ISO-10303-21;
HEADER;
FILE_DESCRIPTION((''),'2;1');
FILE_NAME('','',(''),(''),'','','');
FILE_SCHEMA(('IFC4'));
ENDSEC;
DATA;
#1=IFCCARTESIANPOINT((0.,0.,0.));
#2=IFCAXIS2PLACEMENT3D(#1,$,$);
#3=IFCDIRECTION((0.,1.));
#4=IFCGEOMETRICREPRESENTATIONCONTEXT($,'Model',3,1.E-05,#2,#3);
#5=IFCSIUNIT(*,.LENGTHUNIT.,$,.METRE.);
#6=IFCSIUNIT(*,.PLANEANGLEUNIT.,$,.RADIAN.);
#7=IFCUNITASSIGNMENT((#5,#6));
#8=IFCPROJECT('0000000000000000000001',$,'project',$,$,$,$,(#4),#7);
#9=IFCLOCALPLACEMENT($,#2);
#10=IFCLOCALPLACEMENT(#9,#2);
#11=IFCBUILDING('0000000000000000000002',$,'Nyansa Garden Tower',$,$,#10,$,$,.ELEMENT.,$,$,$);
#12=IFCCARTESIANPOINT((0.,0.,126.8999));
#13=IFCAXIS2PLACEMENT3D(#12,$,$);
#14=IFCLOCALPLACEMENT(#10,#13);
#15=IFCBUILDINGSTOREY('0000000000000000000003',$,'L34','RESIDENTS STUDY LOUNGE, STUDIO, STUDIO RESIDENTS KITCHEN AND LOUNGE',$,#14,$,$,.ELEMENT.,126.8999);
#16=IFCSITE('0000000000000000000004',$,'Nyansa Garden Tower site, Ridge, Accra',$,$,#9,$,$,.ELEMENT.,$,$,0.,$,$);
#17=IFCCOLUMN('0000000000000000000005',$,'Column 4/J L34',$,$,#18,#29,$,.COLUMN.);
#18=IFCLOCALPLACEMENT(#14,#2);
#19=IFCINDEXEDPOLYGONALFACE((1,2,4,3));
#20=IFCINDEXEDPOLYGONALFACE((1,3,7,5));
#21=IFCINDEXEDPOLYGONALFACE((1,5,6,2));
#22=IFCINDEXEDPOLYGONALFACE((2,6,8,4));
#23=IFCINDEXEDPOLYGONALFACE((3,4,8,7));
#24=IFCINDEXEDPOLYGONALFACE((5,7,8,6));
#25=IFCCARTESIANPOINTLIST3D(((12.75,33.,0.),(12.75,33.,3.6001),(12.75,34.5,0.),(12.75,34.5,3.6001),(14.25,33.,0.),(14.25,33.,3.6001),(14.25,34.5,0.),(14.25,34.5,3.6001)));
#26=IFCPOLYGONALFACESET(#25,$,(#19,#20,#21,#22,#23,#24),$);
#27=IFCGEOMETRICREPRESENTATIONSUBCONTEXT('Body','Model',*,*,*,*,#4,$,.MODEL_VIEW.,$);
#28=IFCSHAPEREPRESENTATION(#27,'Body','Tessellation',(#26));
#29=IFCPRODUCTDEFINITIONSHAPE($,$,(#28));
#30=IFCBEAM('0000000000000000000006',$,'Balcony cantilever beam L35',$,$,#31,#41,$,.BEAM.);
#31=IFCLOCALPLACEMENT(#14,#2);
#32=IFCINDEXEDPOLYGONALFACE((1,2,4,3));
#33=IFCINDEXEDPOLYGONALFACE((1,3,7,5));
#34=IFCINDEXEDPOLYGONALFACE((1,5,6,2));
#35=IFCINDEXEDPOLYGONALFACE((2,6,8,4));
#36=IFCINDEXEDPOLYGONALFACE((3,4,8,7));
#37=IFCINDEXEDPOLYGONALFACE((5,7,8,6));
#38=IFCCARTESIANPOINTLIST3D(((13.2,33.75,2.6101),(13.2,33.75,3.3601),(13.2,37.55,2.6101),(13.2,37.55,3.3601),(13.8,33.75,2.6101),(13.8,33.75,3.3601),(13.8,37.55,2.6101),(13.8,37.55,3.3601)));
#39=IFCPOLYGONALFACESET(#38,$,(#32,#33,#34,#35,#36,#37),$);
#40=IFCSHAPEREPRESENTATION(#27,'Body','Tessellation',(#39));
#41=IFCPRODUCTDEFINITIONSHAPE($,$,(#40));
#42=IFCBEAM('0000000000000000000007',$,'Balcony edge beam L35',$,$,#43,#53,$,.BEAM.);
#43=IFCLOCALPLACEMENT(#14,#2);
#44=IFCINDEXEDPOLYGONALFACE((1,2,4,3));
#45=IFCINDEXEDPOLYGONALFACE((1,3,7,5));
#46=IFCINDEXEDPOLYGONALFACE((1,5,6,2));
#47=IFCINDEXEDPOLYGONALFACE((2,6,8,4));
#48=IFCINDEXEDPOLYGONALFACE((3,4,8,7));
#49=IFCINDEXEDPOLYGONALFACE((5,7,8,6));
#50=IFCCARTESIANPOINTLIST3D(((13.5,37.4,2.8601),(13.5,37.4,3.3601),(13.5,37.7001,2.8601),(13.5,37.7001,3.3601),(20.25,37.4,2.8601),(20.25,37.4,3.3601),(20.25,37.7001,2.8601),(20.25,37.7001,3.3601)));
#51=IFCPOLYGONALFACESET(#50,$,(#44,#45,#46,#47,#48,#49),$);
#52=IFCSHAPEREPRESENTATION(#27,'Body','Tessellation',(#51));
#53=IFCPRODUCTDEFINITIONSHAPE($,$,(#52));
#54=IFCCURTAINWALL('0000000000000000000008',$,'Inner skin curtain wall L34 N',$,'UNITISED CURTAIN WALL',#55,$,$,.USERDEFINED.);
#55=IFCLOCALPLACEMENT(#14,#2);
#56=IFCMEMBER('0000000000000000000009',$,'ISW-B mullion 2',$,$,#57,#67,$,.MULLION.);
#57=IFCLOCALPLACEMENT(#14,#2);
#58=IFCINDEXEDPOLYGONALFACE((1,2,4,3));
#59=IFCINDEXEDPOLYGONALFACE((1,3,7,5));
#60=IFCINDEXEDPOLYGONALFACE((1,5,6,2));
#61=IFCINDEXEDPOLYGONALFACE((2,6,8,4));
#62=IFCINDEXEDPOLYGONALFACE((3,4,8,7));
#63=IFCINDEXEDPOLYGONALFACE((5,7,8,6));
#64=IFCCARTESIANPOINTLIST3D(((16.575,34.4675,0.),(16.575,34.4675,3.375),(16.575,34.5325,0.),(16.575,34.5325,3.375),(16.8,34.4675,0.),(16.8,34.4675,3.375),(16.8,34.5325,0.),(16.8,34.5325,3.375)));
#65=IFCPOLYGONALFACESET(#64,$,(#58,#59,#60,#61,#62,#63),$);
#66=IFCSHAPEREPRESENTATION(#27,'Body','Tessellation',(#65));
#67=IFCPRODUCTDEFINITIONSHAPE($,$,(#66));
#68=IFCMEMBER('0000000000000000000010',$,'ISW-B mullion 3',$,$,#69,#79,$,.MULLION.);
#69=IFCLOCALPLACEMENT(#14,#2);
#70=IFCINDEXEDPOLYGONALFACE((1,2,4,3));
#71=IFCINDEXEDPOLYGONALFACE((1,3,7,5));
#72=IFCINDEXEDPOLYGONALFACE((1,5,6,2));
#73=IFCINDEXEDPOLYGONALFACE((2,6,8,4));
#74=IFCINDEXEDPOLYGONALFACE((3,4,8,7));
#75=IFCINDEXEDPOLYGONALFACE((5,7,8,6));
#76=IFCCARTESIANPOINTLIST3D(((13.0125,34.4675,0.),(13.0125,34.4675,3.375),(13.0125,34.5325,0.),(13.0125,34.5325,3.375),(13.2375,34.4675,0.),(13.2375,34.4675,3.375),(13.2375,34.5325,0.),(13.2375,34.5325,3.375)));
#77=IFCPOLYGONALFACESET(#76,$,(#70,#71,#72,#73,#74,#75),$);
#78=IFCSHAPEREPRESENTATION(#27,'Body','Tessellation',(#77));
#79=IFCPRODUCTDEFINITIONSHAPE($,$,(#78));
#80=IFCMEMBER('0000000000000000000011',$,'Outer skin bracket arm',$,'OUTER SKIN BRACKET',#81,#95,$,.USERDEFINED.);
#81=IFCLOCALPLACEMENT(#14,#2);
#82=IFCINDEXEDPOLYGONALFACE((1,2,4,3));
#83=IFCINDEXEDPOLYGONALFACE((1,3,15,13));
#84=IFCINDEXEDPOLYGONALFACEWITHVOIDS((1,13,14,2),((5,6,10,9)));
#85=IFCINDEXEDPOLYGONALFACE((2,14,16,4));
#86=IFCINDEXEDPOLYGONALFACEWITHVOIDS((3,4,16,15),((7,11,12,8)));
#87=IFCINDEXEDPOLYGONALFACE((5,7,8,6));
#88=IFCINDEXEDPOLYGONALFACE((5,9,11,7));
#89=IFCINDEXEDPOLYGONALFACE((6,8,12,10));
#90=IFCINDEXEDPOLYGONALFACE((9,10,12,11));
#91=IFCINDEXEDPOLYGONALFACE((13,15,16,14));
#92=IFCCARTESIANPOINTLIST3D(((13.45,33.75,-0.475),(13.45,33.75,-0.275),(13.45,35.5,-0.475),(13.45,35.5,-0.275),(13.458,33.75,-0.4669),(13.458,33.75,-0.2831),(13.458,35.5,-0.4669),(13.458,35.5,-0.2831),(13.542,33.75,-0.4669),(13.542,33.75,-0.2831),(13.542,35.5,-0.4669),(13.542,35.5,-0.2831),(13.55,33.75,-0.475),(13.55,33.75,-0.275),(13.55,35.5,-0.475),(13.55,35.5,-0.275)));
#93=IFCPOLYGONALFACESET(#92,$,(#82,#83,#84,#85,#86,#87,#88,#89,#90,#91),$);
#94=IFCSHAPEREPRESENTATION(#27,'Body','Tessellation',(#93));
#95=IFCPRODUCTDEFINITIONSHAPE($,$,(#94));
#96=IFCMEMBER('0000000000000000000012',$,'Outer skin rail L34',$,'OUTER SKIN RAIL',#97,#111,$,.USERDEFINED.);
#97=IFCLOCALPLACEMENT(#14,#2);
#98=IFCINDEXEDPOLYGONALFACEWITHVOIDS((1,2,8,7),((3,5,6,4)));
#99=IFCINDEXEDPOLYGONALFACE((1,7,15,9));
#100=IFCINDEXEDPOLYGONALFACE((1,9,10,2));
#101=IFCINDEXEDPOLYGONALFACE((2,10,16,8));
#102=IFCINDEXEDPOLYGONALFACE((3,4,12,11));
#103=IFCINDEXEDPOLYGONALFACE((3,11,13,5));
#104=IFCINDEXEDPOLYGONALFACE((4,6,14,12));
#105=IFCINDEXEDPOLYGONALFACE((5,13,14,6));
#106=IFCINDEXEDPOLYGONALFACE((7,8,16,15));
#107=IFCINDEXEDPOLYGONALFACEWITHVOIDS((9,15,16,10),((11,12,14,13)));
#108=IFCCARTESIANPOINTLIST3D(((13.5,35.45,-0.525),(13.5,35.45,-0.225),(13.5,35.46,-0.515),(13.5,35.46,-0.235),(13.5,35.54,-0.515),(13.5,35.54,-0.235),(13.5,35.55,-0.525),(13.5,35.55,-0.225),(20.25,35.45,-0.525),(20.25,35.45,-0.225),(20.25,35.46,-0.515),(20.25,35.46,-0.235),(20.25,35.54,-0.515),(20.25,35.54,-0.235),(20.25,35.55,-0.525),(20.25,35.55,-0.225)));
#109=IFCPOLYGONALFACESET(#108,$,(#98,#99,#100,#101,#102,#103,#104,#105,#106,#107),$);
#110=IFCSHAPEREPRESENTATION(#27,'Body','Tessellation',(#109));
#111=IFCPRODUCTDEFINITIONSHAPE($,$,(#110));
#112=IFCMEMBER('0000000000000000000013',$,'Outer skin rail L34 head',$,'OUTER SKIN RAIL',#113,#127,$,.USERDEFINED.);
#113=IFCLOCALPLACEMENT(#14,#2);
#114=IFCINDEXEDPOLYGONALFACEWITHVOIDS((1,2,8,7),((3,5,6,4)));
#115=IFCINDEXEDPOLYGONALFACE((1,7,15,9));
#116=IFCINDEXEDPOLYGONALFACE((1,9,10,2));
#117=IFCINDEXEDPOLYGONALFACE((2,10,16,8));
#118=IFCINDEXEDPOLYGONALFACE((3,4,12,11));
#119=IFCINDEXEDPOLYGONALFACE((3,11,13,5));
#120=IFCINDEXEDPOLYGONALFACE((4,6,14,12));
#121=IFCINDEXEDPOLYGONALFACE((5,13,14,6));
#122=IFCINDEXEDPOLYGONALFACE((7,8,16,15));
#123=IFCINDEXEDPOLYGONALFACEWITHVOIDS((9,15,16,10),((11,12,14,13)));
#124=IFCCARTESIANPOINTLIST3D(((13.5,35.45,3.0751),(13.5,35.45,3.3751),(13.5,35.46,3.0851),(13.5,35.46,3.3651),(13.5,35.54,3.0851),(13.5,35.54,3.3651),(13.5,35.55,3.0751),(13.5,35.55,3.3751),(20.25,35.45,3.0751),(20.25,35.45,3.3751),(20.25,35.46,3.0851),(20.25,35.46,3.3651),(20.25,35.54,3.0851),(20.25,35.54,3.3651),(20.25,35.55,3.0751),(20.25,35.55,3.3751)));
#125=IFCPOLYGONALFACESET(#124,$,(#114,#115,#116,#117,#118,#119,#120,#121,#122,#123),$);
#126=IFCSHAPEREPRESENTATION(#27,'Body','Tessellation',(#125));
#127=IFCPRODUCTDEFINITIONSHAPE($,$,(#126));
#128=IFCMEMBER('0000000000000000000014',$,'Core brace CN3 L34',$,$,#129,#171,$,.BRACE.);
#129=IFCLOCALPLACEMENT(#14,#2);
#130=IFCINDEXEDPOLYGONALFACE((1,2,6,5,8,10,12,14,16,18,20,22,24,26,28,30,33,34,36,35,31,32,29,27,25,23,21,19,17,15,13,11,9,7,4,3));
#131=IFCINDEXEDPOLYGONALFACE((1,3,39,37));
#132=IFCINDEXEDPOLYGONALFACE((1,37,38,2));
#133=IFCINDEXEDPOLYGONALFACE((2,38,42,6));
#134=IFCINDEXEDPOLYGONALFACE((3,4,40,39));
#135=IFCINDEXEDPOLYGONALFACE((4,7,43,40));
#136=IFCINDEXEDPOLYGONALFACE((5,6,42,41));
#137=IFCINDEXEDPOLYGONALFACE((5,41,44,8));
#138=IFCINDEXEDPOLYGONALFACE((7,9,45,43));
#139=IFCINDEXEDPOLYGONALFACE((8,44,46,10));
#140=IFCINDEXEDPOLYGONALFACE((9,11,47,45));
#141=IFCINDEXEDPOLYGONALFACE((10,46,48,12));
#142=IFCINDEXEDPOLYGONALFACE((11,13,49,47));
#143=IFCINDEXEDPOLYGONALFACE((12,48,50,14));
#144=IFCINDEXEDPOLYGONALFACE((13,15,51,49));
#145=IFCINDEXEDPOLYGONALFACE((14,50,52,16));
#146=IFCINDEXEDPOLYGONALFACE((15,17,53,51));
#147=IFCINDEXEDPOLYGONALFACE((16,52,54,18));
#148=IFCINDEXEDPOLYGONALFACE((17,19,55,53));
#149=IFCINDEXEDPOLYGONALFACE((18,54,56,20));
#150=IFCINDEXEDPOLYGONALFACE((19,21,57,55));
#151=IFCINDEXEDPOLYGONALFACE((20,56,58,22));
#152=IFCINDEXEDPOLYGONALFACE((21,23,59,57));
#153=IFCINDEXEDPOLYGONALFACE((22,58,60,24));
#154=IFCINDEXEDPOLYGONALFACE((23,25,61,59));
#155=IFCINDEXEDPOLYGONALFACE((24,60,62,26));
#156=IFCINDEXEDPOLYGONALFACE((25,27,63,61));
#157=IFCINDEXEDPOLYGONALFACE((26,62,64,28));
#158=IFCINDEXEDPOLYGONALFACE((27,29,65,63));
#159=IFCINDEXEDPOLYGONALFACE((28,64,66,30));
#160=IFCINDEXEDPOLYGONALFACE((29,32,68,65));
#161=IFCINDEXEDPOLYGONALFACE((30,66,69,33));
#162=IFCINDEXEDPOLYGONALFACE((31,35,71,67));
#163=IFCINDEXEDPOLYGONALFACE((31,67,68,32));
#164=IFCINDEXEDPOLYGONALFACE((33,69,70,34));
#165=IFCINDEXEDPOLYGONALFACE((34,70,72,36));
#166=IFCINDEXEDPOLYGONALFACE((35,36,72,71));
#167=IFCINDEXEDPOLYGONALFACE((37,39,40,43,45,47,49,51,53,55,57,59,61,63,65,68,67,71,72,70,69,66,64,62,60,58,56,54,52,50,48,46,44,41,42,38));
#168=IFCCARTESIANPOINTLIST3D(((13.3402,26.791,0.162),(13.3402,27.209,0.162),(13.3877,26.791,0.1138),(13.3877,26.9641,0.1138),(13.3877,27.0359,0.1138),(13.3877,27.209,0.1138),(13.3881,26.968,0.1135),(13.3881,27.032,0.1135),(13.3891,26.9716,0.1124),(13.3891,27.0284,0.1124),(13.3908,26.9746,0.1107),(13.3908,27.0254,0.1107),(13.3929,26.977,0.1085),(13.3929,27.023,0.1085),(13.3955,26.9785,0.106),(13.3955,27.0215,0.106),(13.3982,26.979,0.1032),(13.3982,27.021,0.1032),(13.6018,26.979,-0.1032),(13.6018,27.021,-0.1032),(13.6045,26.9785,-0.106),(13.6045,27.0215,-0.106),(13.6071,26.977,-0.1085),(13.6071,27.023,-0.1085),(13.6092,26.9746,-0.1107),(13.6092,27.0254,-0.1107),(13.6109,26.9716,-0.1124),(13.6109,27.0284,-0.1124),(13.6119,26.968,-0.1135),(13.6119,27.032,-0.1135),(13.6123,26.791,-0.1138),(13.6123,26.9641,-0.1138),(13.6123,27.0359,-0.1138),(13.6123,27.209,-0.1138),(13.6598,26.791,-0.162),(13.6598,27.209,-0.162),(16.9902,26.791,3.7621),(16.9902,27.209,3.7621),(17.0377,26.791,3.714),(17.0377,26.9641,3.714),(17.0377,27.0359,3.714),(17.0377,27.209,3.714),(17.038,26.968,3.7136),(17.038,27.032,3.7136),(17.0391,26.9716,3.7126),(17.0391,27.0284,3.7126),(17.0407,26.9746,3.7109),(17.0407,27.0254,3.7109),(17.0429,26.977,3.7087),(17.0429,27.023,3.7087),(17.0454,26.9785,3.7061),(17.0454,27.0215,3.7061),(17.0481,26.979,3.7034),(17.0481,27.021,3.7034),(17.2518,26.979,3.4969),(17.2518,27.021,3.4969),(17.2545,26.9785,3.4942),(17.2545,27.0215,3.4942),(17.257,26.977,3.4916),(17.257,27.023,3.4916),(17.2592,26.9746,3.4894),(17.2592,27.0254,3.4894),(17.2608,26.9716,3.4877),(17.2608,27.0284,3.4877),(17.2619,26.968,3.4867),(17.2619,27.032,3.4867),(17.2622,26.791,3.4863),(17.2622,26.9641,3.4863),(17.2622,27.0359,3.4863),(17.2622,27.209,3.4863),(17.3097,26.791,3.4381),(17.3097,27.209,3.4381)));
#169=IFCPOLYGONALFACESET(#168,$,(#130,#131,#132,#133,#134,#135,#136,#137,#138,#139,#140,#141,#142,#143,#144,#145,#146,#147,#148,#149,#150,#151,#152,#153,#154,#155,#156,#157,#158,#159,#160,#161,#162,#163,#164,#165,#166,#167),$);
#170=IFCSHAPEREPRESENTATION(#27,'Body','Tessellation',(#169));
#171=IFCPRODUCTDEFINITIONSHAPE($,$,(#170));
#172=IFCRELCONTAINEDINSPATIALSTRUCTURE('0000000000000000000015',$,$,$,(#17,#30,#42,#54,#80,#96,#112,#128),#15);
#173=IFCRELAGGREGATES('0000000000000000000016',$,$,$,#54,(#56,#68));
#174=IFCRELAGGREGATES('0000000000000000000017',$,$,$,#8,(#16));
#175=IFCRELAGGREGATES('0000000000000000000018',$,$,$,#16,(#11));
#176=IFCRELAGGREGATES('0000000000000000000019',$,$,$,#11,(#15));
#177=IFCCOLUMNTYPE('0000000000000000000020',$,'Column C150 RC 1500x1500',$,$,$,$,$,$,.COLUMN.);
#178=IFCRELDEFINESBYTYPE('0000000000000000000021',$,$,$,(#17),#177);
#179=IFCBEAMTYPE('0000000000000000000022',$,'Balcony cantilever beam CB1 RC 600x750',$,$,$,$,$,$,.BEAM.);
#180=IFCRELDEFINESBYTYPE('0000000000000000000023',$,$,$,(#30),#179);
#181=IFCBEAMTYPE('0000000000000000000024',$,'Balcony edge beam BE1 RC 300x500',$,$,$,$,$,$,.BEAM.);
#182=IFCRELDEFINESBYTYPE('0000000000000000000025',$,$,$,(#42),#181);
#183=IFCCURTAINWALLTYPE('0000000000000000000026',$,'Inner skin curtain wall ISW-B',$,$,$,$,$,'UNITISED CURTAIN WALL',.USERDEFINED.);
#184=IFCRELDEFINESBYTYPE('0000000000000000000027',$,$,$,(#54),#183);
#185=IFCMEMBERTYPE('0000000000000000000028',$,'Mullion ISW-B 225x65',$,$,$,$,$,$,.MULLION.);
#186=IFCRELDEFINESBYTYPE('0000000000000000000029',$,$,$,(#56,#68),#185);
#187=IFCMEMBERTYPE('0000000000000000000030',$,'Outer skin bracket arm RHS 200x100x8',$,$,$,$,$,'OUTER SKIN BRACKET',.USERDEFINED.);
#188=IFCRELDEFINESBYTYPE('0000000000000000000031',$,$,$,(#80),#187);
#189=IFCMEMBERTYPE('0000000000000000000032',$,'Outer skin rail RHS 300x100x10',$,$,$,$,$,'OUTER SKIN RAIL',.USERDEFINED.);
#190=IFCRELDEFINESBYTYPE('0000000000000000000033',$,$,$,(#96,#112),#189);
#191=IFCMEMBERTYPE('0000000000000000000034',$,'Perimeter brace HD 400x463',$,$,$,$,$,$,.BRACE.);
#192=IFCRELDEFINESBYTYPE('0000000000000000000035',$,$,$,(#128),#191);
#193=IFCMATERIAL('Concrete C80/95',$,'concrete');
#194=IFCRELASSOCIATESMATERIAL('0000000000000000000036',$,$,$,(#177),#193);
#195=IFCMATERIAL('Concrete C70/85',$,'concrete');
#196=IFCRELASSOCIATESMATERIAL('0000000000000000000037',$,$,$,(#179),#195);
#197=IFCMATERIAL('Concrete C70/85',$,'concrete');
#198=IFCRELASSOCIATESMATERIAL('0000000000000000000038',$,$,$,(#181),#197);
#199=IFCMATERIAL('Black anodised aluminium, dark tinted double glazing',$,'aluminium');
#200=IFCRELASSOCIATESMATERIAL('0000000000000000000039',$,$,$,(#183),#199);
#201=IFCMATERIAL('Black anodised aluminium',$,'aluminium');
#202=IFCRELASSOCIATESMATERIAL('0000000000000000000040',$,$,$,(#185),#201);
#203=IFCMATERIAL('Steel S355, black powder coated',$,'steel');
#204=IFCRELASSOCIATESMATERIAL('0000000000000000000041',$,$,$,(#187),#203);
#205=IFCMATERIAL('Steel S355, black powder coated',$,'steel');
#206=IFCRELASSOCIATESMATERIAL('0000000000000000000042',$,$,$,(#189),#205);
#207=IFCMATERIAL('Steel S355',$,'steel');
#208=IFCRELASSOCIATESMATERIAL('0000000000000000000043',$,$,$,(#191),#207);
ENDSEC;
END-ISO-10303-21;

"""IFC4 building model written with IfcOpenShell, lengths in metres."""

from ifc_helpers import new_model, si_unit, direction, frame, origin, origin_2d, place, context, subcontext, project, spatial, rectangle, hollow_rectangle, i_section, extrude, material, material_profile, profile_set, type_object, element, aggregate, save


model = new_model("IFC4")

# Units and contexts
model_context = context("Model", 3, precision=1e-05, world=origin(), true_north=direction((0.0, 1.0)))
body_context = subcontext(model_context, "Body", "Model", "MODEL_VIEW")
ifc_project = project(units=[si_unit("LENGTHUNIT", "METRE"), si_unit("PLANEANGLEUNIT", "RADIAN")], contexts=[model_context])

# Site, building, storey
site_placement = place(None, origin())
site = spatial("IfcSite", under=ifc_project, at=site_placement, Name="Nyansa Garden Tower site, Ridge, Accra", CompositionType="ELEMENT", RefElevation=0.0)
building_placement = place(site_placement, origin())
building = spatial("IfcBuilding", under=site, at=building_placement, Name="Nyansa Garden Tower", CompositionType="ELEMENT")
storey_placement = place(building_placement, frame((0.0, 0.0, 126.8999)))
storey = spatial("IfcBuildingStorey", under=building, at=storey_placement, Name="L34", Description="RESIDENTS STUDY LOUNGE, STUDIO, STUDIO RESIDENTS KITCHEN AND LOUNGE", CompositionType="ELEMENT", Elevation=126.8999)

# Column
ifc_material_1 = material(Name="Concrete C80/95", Category="concrete")
ifc_material_profile_1 = material_profile(ifc_material_1, rectangle(XDim=1.5, YDim=1.5, at=origin_2d()), Name="RC 1500x1500")
ifc_profile_set_1 = profile_set([ifc_material_profile_1], Name="Concrete C80/95")
column_type = type_object("IfcColumnType", Name="Column C150 RC 1500x1500", PredefinedType="COLUMN", material=ifc_profile_set_1)
column_placement = place(storey_placement, frame((13.5, 33.75, 0.0), z_axis=(0.0, 0.0, 1.0), x_axis=(1.0, 0.0, 0.0)))
element("IfcColumn", 1, at=column_placement, inside=storey, type_object=column_type, Name="Column 4/J L34", PredefinedType="COLUMN", context=body_context, shape_type="SweptSolid", body=[
    extrude(rectangle(XDim=1.5, YDim=1.5, at=origin_2d()), origin(), (0.0, 0.0, 1.0), 3.6001),
])

# Beams
ifc_material_2 = material(Name="Concrete C70/85", Category="concrete")
ifc_material_profile_2 = material_profile(ifc_material_2, rectangle(XDim=0.6001, YDim=0.75, at=origin_2d()), Name="RC 600x750")
ifc_profile_set_2 = profile_set([ifc_material_profile_2], Name="Concrete C70/85")
beam_type_1 = type_object("IfcBeamType", Name="Balcony cantilever beam CB1 RC 600x750", PredefinedType="BEAM", material=ifc_profile_set_2)
beam_1_placement = place(storey_placement, frame((13.5, 33.75, 2.9851), z_axis=(0.0, 1.0, 0.0), x_axis=(-1.0, 0.0, 0.0)))
element("IfcBeam", 2, at=beam_1_placement, inside=storey, type_object=beam_type_1, Name="Balcony cantilever beam L35", PredefinedType="BEAM", context=body_context, shape_type="SweptSolid", body=[
    extrude(rectangle(XDim=0.6001, YDim=0.75, at=origin_2d()), origin(), (0.0, 0.0, 1.0), 3.8),
])
ifc_material_3 = material(Name="Concrete C70/85", Category="concrete")
ifc_material_profile_3 = material_profile(ifc_material_3, rectangle(XDim=0.3, YDim=0.5, at=origin_2d()), Name="RC 300x500")
ifc_profile_set_3 = profile_set([ifc_material_profile_3], Name="Concrete C70/85")
beam_type_2 = type_object("IfcBeamType", Name="Balcony edge beam BE1 RC 300x500", PredefinedType="BEAM", material=ifc_profile_set_3)
beam_2_placement = place(storey_placement, frame((13.5, 37.55, 3.1101), z_axis=(1.0, 0.0, 0.0), x_axis=(0.0, 1.0, 0.0)))
element("IfcBeam", 3, at=beam_2_placement, inside=storey, type_object=beam_type_2, Name="Balcony edge beam L35", PredefinedType="BEAM", context=body_context, shape_type="SweptSolid", body=[
    extrude(rectangle(XDim=0.3, YDim=0.5, at=origin_2d()), origin(), (0.0, 0.0, 1.0), 6.75),
])

# Curtain wall, members
ifc_material_4 = material(Name="Black anodised aluminium, dark tinted double glazing", Category="aluminium")
curtain_wall_type = type_object("IfcCurtainWallType", Name="Inner skin curtain wall ISW-B", ElementType="UNITISED CURTAIN WALL", PredefinedType="USERDEFINED", material=ifc_material_4)
curtain_wall_placement = place(storey_placement, origin())
curtain_wall = element("IfcCurtainWall", 4, at=curtain_wall_placement, inside=storey, type_object=curtain_wall_type, Name="Inner skin curtain wall L34 N", ObjectType="UNITISED CURTAIN WALL", PredefinedType="USERDEFINED")
ifc_material_5 = material(Name="Black anodised aluminium", Category="aluminium")
ifc_material_profile_4 = material_profile(ifc_material_5, rectangle(XDim=0.0649, YDim=0.2251, at=origin_2d()), Name="Mullion 225x65")
ifc_profile_set_4 = profile_set([ifc_material_profile_4], Name="Black anodised aluminium")
member_type_1 = type_object("IfcMemberType", Name="Mullion ISW-B 225x65", PredefinedType="MULLION", material=ifc_profile_set_4)
member_1_placement = place(storey_placement, frame((16.6875, 34.5, 0.0), z_axis=(0.0, 0.0, 1.0), x_axis=(0.0, -1.0, 0.0)))
member_1 = element("IfcMember", 5, at=member_1_placement, type_object=member_type_1, Name="ISW-B mullion 2", PredefinedType="MULLION", context=body_context, shape_type="SweptSolid", body=[
    extrude(rectangle(XDim=0.0649, YDim=0.2251, at=origin_2d()), origin(), (0.0, 0.0, 1.0), 3.375),
])
member_2_placement = place(storey_placement, frame((13.125, 34.5, 0.0), z_axis=(0.0, 0.0, 1.0), x_axis=(0.0, -1.0, 0.0)))
member_2 = element("IfcMember", 6, at=member_2_placement, type_object=member_type_1, Name="ISW-B mullion 3", PredefinedType="MULLION", context=body_context, shape_type="SweptSolid", body=[
    extrude(rectangle(XDim=0.0649, YDim=0.2251, at=origin_2d()), origin(), (0.0, 0.0, 1.0), 3.375),
])

# Members
ifc_material_6 = material(Name="Steel S355, black powder coated", Category="steel")
ifc_material_profile_5 = material_profile(ifc_material_6, hollow_rectangle(XDim=0.1001, YDim=0.2, WallThickness=0.0081, at=origin_2d()), Name="RHS 200x100x8")
ifc_profile_set_5 = profile_set([ifc_material_profile_5], Name="Steel S355, black powder coated")
member_type_2 = type_object("IfcMemberType", Name="Outer skin bracket arm RHS 200x100x8", ElementType="OUTER SKIN BRACKET", PredefinedType="USERDEFINED", material=ifc_profile_set_5)
member_3_placement = place(storey_placement, frame((13.5, 33.75, -0.375), z_axis=(0.0, 1.0, 0.0), x_axis=(-1.0, 0.0, 0.0)))
element("IfcMember", 7, at=member_3_placement, inside=storey, type_object=member_type_2, Name="Outer skin bracket arm", ObjectType="OUTER SKIN BRACKET", PredefinedType="USERDEFINED", context=body_context, shape_type="SweptSolid", body=[
    extrude(hollow_rectangle(XDim=0.1001, YDim=0.2, WallThickness=0.0081, at=origin_2d()), origin(), (0.0, 0.0, 1.0), 1.75),
])
ifc_material_7 = material(Name="Steel S355, black powder coated", Category="steel")
ifc_material_profile_6 = material_profile(ifc_material_7, hollow_rectangle(XDim=0.1001, YDim=0.3, WallThickness=0.01, at=origin_2d()), Name="RHS 300x100x10")
ifc_profile_set_6 = profile_set([ifc_material_profile_6], Name="Steel S355, black powder coated")
member_type_3 = type_object("IfcMemberType", Name="Outer skin rail RHS 300x100x10", ElementType="OUTER SKIN RAIL", PredefinedType="USERDEFINED", material=ifc_profile_set_6)
for number, where, z_axis, x_axis, name in (
    (8, (13.5, 35.5, -0.375), (1.0, 0.0, 0.0), (0.0, 1.0, 0.0), "Outer skin rail L34"),
    (9, (13.5, 35.5, 3.2251), (1.0, 0.0, 0.0), (0.0, 1.0, 0.0), "Outer skin rail L34 head"),
):
    element("IfcMember", number, at=place(storey_placement, frame(where, z_axis=z_axis, x_axis=x_axis)), inside=storey, type_object=member_type_3, Name=name, ObjectType="OUTER SKIN RAIL", PredefinedType="USERDEFINED", context=body_context, shape_type="SweptSolid", body=[
        extrude(hollow_rectangle(XDim=0.1001, YDim=0.3, WallThickness=0.01, at=origin_2d()), origin(), (0.0, 0.0, 1.0), 6.75),
    ])
ifc_material_8 = material(Name="Steel S355", Category="steel")
ifc_material_profile_7 = material_profile(ifc_material_8, i_section(OverallWidth=0.418, OverallDepth=0.4551, WebThickness=0.042, FlangeThickness=0.0676, FilletRadius=0.0149, at=origin_2d()), Name="HD 400x463")
ifc_profile_set_7 = profile_set([ifc_material_profile_7], Name="Steel S355")
member_type_4 = type_object("IfcMemberType", Name="Perimeter brace HD 400x463", PredefinedType="BRACE", material=ifc_profile_set_7)
member_4_placement = place(storey_placement, frame((13.5, 27.0, 0.0), z_axis=(0.711948, 0.0, 0.702233), x_axis=(0.0, 1.0, 0.0)))
element("IfcMember", 10, at=member_4_placement, inside=storey, type_object=member_type_4, Name="Core brace CN3 L34", PredefinedType="BRACE", context=body_context, shape_type="SweptSolid", body=[
    extrude(i_section(OverallWidth=0.418, OverallDepth=0.4551, WebThickness=0.042, FlangeThickness=0.0676, FilletRadius=0.0149, at=origin_2d()), origin(), (0.0, 0.0, 1.0), 5.1267),
])

aggregate(curtain_wall, [member_1, member_2])

save(model, "model.ifc")
